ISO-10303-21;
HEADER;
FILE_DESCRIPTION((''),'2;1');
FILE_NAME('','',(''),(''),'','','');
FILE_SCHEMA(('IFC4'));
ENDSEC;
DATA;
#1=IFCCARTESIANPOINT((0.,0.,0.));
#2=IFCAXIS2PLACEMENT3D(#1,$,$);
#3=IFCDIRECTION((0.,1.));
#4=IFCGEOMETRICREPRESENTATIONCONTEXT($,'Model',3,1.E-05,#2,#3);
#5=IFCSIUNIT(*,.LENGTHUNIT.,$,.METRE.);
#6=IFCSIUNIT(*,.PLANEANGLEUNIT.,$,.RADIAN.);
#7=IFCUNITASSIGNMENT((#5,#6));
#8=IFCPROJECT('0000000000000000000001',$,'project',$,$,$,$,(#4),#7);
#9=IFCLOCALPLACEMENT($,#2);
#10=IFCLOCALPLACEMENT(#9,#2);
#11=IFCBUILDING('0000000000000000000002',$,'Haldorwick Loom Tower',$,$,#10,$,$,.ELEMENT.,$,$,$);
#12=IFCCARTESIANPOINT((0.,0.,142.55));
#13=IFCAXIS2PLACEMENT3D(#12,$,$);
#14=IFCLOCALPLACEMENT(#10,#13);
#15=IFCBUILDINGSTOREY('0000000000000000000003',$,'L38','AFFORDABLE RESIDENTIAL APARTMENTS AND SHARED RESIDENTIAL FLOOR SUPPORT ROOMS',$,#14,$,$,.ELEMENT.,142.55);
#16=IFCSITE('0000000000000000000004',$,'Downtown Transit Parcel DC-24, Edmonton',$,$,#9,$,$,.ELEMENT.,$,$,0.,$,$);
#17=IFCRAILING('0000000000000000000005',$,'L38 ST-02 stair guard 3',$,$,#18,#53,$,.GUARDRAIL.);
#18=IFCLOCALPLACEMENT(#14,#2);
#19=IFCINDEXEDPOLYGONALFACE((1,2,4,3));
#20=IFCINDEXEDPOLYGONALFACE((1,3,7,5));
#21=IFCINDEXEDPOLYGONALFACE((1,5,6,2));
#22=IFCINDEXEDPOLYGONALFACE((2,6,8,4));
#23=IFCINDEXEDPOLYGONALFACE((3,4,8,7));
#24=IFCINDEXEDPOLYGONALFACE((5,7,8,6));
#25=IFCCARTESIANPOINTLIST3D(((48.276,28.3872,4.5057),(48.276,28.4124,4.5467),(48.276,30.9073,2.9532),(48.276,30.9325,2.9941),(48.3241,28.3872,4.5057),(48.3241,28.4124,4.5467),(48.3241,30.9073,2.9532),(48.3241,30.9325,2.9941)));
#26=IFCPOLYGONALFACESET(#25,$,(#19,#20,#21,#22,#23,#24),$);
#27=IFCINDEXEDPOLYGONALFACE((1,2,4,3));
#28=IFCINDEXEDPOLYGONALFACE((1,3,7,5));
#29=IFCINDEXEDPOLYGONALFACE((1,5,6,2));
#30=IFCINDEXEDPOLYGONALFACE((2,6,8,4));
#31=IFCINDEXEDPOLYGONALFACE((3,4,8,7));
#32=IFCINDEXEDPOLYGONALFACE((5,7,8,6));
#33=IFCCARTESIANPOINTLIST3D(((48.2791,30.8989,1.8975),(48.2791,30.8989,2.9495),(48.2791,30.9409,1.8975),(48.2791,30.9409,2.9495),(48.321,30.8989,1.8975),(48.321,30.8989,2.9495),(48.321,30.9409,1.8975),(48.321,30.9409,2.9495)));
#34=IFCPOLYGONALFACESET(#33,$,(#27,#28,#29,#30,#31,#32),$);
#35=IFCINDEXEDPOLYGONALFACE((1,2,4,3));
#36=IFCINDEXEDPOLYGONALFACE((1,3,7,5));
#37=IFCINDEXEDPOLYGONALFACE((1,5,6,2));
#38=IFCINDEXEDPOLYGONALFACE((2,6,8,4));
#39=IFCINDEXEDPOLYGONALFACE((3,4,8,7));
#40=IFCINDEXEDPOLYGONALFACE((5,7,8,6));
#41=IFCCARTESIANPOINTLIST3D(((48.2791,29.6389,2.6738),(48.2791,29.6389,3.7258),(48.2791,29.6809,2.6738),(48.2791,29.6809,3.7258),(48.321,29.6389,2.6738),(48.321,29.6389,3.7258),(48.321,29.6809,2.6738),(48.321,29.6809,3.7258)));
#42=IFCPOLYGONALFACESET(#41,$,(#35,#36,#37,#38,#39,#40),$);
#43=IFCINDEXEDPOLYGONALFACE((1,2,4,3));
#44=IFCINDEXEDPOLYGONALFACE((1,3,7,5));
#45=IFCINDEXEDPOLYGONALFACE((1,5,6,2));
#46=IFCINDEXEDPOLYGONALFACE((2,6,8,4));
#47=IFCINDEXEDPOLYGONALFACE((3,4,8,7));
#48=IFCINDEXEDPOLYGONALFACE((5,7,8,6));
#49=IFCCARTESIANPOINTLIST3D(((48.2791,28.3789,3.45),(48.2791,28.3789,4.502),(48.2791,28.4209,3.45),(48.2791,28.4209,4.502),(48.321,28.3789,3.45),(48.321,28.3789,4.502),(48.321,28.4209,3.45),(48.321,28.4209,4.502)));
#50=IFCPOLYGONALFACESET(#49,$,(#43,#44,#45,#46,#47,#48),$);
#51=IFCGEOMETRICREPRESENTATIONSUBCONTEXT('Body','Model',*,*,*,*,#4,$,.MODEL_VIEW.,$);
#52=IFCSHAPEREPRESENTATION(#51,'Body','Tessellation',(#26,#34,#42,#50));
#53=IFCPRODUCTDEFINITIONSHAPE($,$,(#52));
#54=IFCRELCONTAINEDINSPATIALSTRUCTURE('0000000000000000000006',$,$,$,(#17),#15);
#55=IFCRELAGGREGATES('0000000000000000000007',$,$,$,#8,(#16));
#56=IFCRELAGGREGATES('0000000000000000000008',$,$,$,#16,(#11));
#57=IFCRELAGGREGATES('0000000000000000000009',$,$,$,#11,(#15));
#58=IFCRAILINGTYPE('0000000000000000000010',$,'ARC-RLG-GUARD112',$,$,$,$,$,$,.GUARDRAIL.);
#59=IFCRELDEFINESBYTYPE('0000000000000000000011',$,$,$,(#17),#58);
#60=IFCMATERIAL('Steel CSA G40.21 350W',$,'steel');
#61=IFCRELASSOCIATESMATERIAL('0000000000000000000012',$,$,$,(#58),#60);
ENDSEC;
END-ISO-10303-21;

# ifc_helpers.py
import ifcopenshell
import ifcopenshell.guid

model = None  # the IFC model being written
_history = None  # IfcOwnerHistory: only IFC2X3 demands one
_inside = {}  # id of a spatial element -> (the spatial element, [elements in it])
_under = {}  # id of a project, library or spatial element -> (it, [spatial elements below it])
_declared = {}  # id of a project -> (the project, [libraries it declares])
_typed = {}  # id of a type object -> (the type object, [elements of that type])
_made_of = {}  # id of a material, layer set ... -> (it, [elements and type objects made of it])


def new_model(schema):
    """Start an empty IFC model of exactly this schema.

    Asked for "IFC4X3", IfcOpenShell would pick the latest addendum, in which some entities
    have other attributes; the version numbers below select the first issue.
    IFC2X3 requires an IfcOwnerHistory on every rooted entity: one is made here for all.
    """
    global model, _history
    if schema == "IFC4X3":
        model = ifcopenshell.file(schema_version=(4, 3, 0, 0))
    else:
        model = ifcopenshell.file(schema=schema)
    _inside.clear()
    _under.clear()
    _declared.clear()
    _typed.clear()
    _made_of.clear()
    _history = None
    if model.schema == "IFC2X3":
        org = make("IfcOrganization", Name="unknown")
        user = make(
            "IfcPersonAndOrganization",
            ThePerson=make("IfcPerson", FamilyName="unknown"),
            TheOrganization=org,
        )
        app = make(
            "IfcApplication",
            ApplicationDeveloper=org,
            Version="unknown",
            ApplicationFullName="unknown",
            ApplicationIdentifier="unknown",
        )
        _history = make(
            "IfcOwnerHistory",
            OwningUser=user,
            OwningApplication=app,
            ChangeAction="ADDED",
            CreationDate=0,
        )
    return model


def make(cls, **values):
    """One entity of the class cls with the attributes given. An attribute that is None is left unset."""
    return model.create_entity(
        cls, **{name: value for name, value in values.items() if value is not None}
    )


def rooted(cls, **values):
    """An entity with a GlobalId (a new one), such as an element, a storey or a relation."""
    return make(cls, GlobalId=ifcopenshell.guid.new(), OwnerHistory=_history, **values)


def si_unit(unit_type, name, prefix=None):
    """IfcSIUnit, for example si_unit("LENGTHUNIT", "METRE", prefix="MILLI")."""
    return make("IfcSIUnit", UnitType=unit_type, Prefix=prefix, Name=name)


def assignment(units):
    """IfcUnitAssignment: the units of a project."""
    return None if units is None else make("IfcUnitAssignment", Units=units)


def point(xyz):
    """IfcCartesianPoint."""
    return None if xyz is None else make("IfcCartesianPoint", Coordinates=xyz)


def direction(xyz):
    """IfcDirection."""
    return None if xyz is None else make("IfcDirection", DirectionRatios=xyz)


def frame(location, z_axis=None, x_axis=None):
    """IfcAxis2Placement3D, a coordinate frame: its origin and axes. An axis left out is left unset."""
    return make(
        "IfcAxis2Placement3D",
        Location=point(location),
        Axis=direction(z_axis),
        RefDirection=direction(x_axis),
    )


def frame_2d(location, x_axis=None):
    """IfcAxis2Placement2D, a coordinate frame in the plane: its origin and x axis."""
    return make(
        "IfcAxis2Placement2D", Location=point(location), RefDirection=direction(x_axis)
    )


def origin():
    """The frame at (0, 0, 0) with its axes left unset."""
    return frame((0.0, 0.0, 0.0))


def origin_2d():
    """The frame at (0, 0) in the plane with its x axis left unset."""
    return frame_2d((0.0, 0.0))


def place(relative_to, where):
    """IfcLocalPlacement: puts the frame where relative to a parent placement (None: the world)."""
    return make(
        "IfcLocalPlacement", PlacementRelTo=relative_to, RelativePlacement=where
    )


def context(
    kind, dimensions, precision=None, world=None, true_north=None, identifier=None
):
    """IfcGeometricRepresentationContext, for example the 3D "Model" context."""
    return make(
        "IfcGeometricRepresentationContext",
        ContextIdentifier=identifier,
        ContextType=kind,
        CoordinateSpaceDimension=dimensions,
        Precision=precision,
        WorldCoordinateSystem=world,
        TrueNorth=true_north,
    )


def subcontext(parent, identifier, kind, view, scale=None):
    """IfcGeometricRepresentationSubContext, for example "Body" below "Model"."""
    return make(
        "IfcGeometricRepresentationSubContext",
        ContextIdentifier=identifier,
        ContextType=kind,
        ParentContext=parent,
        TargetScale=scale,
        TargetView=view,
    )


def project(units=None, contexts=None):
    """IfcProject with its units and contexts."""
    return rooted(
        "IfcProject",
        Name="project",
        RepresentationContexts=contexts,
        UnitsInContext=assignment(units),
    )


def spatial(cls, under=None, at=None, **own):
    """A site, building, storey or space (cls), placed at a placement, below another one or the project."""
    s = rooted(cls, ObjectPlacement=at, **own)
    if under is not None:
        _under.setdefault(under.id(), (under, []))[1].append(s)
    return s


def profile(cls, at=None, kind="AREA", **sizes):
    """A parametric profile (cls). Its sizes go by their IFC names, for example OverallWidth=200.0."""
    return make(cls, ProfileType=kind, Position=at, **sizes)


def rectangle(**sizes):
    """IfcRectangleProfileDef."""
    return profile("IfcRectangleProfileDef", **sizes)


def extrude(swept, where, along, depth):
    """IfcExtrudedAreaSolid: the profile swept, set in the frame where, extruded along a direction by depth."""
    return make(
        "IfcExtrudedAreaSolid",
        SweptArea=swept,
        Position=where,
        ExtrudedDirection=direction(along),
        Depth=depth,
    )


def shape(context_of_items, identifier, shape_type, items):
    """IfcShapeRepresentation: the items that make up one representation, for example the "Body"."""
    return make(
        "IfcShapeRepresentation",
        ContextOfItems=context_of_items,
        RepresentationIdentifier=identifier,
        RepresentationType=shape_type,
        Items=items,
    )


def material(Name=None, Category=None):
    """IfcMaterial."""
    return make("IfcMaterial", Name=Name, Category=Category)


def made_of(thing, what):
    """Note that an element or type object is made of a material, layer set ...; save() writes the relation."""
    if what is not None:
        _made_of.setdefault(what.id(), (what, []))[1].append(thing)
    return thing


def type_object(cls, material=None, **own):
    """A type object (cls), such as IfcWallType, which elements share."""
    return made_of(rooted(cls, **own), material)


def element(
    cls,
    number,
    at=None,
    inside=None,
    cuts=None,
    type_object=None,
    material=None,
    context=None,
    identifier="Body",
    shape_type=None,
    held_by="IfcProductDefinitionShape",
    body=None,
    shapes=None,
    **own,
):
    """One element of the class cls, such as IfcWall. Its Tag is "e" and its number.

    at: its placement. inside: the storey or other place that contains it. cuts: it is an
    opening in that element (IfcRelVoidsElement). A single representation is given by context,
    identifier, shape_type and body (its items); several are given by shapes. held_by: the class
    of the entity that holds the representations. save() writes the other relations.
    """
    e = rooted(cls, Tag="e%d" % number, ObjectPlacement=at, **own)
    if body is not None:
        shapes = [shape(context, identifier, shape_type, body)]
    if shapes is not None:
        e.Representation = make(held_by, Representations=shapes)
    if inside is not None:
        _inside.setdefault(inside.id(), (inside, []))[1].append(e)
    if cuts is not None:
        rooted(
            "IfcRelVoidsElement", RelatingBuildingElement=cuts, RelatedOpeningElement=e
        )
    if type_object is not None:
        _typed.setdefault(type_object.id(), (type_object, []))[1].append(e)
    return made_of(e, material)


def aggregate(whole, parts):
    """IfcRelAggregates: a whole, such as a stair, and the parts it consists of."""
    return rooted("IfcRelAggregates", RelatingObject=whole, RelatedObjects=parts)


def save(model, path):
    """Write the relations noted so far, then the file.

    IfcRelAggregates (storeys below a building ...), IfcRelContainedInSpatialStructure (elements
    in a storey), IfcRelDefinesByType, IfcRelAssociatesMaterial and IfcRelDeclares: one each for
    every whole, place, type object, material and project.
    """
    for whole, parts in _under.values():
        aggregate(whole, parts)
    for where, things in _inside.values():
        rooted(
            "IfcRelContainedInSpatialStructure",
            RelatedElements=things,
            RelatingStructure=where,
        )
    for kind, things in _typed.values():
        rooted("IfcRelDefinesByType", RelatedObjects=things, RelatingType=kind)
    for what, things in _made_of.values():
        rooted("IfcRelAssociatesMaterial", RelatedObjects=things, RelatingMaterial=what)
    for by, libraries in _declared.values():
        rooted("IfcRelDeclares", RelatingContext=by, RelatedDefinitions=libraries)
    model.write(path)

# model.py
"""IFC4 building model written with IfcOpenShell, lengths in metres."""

from ifc_helpers import new_model, si_unit, direction, frame, origin, origin_2d, place, context, subcontext, project, spatial, rectangle, extrude, material, type_object, element, save


model = new_model("IFC4")

# Units and contexts
model_context = context("Model", 3, precision=1e-05, world=origin(), true_north=direction((0.0, 1.0)))
body_context = subcontext(model_context, "Body", "Model", "MODEL_VIEW")
ifc_project = project(units=[si_unit("LENGTHUNIT", "METRE"), si_unit("PLANEANGLEUNIT", "RADIAN")], contexts=[model_context])

# Site, building, storey
site_placement = place(None, origin())
site = spatial("IfcSite", under=ifc_project, at=site_placement, Name="Downtown Transit Parcel DC-24, Edmonton", CompositionType="ELEMENT", RefElevation=0.0)
building_placement = place(site_placement, origin())
building = spatial("IfcBuilding", under=site, at=building_placement, Name="Haldorwick Loom Tower", CompositionType="ELEMENT")
storey_placement = place(building_placement, frame((0.0, 0.0, 142.55)))
storey = spatial("IfcBuildingStorey", under=building, at=storey_placement, Name="L38", Description="AFFORDABLE RESIDENTIAL APARTMENTS AND SHARED RESIDENTIAL FLOOR SUPPORT ROOMS", CompositionType="ELEMENT", Elevation=142.55)

# Shared definitions
ifc_material_1 = material(Name="Steel CSA G40.21 350W", Category="steel")

# Railing
railing_type_1 = type_object("IfcRailingType", Name="ARC-RLG-GUARD112", PredefinedType="GUARDRAIL", material=ifc_material_1)
railing_1_placement = place(storey_placement, frame((48.3, 30.9199, 1.8975)))
element("IfcRailing", 1, at=railing_1_placement, inside=storey, type_object=railing_type_1, Name="L38 ST-02 stair guard 3", PredefinedType="GUARDRAIL", context=body_context, shape_type="SweptSolid", body=[
    extrude(rectangle(XDim=0.0481, YDim=0.0481, at=origin_2d()), frame((0.0, 0.0, 1.0762), z_axis=(0.0, -0.8514, 0.524516), x_axis=(1.0, 0.0, 0.0)), (0.0, 0.0, 1.0), 2.96),
    extrude(rectangle(XDim=0.042, YDim=0.042, at=origin_2d()), origin(), (0.0, 0.0, 1.0), 1.052),
    extrude(rectangle(XDim=0.042, YDim=0.042, at=origin_2d()), frame((0.0, -1.26, 0.7764)), (0.0, 0.0, 1.0), 1.052),
    extrude(rectangle(XDim=0.042, YDim=0.042, at=origin_2d()), frame((0.0, -2.52, 1.5525)), (0.0, 0.0, 1.0), 1.052),
])

save(model, "model.ifc")
